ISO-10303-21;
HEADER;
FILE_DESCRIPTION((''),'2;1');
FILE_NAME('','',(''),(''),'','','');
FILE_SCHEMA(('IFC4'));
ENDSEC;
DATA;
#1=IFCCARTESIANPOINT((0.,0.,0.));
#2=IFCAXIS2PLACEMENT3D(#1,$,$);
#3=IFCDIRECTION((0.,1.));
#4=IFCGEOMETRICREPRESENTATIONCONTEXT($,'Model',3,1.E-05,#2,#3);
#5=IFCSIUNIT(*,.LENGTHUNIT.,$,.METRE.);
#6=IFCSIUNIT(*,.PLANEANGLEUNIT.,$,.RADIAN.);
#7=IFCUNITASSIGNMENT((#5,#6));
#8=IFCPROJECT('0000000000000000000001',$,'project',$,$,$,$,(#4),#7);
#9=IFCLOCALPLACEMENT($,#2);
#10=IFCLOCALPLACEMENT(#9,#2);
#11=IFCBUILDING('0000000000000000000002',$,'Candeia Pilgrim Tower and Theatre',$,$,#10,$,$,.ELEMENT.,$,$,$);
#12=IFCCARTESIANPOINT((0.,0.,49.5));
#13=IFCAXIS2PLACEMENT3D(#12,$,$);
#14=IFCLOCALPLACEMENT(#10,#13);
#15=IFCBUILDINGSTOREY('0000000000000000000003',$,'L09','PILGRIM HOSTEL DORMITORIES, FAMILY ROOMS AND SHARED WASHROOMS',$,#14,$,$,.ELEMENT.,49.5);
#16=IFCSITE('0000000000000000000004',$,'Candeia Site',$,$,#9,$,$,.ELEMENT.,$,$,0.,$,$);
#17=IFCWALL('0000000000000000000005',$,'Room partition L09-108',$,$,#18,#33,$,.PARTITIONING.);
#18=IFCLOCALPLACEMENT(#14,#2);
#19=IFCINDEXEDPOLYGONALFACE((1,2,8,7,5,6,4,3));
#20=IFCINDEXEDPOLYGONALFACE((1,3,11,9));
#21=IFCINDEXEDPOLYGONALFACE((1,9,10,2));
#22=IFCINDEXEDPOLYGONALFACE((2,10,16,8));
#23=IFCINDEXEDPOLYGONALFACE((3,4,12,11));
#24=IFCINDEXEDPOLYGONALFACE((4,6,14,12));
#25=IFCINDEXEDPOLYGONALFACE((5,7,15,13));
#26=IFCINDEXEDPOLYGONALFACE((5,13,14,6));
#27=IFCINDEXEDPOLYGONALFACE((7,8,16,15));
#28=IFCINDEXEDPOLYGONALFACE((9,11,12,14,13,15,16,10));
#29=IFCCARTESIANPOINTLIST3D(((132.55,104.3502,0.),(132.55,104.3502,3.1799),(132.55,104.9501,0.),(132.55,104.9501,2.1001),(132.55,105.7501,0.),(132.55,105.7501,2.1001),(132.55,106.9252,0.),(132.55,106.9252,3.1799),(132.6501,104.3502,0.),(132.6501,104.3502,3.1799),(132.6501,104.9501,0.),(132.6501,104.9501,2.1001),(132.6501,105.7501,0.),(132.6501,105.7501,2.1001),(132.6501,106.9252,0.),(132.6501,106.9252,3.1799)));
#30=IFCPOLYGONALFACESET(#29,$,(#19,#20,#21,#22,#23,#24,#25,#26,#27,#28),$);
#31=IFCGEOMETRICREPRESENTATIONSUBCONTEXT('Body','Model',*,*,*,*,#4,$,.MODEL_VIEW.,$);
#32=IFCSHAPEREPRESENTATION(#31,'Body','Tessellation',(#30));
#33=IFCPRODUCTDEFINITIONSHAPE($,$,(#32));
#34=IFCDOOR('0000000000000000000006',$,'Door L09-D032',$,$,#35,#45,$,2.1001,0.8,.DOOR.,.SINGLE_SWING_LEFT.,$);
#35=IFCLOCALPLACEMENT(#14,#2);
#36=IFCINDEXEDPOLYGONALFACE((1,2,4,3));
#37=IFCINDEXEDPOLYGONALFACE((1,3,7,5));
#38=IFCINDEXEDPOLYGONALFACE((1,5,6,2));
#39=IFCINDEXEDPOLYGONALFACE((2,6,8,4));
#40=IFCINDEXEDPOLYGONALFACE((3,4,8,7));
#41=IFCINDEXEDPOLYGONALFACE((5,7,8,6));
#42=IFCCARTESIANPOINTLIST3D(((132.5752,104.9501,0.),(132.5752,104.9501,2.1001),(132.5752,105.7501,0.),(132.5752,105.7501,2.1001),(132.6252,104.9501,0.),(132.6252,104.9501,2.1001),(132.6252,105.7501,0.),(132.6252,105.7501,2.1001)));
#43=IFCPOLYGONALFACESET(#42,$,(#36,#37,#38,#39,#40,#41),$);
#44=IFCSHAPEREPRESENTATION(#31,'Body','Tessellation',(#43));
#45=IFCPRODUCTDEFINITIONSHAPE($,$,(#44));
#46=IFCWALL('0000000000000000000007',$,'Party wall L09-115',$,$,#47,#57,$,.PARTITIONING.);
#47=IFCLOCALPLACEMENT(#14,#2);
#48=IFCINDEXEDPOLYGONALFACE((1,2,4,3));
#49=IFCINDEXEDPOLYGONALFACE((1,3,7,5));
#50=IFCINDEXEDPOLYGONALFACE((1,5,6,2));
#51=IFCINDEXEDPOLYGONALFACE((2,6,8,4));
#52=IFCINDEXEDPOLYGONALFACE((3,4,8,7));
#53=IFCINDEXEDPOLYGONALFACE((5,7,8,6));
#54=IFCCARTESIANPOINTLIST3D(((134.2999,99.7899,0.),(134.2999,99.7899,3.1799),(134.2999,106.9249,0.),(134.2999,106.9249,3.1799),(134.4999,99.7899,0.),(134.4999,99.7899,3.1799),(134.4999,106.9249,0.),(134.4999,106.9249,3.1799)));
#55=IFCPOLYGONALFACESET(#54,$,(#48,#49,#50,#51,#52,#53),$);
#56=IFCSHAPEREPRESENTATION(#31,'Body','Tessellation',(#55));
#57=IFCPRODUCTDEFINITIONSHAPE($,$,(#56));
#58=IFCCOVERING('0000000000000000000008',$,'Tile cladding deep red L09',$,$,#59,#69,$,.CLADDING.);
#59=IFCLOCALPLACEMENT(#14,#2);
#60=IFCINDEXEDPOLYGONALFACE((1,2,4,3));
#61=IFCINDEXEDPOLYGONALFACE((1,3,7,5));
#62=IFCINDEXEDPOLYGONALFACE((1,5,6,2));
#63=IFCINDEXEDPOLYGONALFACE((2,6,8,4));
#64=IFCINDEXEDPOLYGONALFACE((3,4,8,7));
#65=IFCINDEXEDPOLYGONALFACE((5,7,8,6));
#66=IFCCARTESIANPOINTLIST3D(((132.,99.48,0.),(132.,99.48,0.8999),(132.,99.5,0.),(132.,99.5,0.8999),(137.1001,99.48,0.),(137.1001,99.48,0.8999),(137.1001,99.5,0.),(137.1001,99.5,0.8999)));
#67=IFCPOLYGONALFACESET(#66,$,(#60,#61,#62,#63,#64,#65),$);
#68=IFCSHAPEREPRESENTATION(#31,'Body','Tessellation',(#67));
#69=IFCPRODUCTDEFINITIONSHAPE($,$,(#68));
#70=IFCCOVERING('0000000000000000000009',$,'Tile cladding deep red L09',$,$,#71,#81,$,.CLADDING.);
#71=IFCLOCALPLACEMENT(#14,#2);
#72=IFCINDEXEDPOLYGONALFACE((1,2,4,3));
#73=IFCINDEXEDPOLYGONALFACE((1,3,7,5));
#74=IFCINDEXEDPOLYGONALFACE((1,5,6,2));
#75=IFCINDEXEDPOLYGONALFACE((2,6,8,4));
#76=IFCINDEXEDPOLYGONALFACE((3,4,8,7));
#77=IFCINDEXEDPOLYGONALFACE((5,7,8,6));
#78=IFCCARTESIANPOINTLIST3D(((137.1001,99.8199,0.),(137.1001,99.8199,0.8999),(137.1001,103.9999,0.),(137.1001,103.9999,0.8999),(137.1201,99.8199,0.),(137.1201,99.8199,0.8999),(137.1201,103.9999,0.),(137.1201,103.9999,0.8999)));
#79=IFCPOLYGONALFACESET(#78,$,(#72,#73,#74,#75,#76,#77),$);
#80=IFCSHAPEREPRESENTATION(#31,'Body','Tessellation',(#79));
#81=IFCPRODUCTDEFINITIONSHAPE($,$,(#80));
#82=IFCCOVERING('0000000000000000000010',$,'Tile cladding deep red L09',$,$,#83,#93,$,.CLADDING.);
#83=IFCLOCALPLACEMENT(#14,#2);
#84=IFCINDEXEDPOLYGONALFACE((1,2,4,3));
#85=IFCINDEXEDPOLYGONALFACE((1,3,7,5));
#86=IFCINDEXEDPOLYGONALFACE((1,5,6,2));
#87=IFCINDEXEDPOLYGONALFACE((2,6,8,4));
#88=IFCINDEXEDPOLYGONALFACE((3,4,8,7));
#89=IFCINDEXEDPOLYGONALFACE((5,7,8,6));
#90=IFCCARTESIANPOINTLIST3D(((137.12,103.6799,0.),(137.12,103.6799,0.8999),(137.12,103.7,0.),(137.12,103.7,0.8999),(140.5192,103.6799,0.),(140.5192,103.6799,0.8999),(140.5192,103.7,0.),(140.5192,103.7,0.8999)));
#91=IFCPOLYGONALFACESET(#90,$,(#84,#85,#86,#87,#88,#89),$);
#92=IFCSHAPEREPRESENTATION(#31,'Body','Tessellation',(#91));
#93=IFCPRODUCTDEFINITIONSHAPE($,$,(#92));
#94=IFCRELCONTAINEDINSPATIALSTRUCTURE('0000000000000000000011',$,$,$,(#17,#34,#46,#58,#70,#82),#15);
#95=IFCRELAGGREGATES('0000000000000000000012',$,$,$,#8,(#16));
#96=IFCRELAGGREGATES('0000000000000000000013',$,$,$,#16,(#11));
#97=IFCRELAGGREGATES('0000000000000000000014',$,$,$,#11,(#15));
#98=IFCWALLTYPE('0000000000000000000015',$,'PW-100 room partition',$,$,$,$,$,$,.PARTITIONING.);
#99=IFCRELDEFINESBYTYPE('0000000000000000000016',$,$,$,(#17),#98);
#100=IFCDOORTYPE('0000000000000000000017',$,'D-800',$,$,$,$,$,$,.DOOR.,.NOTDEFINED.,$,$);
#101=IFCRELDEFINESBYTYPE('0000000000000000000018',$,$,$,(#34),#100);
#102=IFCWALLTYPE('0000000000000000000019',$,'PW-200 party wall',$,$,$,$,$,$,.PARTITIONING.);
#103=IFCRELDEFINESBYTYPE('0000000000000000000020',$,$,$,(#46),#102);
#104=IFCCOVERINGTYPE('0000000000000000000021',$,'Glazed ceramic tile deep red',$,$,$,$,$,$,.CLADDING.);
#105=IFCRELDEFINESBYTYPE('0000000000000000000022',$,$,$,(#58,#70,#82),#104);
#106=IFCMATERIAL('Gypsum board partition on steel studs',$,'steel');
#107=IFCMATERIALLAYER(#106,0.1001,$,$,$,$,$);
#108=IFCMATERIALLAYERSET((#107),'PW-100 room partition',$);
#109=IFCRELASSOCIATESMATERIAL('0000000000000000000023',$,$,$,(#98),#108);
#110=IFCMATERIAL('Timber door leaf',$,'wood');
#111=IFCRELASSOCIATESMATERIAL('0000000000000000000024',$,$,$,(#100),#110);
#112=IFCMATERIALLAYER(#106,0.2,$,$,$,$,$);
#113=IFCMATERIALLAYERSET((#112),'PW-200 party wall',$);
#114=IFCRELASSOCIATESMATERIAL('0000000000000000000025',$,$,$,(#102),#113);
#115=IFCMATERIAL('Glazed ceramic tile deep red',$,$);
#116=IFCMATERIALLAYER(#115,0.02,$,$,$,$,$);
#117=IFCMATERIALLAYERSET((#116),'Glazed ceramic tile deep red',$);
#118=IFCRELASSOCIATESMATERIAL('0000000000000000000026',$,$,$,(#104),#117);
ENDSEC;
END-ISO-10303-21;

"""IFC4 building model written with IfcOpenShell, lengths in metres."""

from ifc_helpers import new_model, si_unit, direction, frame, frame_2d, origin, origin_2d, place, context, subcontext, project, spatial, rectangle, extrude, material, layer, layer_set, type_object, element, fill, save


model = new_model("IFC4")

# Units and contexts
model_context = context("Model", 3, precision=1e-05, world=origin(), true_north=direction((0.0, 1.0)))
body_context = subcontext(model_context, "Body", "Model", "MODEL_VIEW")
ifc_project = project(units=[si_unit("LENGTHUNIT", "METRE"), si_unit("PLANEANGLEUNIT", "RADIAN")], contexts=[model_context])

# Site, building, storey
site_placement = place(None, origin())
site = spatial("IfcSite", under=ifc_project, at=site_placement, Name="Candeia Site", CompositionType="ELEMENT", RefElevation=0.0)
building_placement = place(site_placement, origin())
building = spatial("IfcBuilding", under=site, at=building_placement, Name="Candeia Pilgrim Tower and Theatre", CompositionType="ELEMENT")
storey_placement = place(building_placement, frame((0.0, 0.0, 49.5)))
storey = spatial("IfcBuildingStorey", under=building, at=storey_placement, Name="L09", Description="PILGRIM HOSTEL DORMITORIES, FAMILY ROOMS AND SHARED WASHROOMS", CompositionType="ELEMENT", Elevation=49.5)

# Shared definitions
ifc_material_1 = material(Name="Gypsum board partition on steel studs", Category="steel")
ifc_layer_1 = layer(ifc_material_1, 0.1001)
ifc_layer_set_1 = layer_set([ifc_layer_1], Name="PW-100 room partition")
wall_type_1 = type_object("IfcWallType", Name="PW-100 room partition", PredefinedType="PARTITIONING", material=ifc_layer_set_1)

# Wall, opening, door
wall_1_placement = place(storey_placement, frame((132.6001, 104.3501, 0.0), z_axis=(0.0, 0.0, 1.0), x_axis=(0.0, 1.0, 0.0)))
wall_1 = element("IfcWall", 1, at=wall_1_placement, inside=storey, type_object=wall_type_1, Name="Room partition L09-108", PredefinedType="PARTITIONING", context=body_context, shape_type="SweptSolid", body=[
    extrude(rectangle(XDim=2.575, YDim=0.1001, at=frame_2d((1.2876, 0.0))), origin(), (0.0, 0.0, 1.0), 3.1799),
])
opening_1_placement = place(wall_1_placement, frame((0.6001, 0.0, 0.0)))
opening_1 = element("IfcOpeningElement", 2, at=opening_1_placement, cuts=wall_1, PredefinedType="OPENING", context=body_context, shape_type="SweptSolid", body=[
    extrude(rectangle(XDim=0.8, YDim=2.1001, at=frame_2d((0.3999, 1.05))), frame((0.0, 0.0601, 0.0), z_axis=(0.0, -1.0, 0.0), x_axis=(1.0, 0.0, 0.0)), (0.0, 0.0, 1.0), 0.1201),
])
ifc_material_2 = material(Name="Timber door leaf", Category="wood")
door_type_1 = type_object("IfcDoorType", Name="D-800", OperationType="NOTDEFINED", PredefinedType="DOOR", material=ifc_material_2)
door_1_placement = place(opening_1_placement, origin())
door_1 = element("IfcDoor", 3, at=door_1_placement, inside=storey, type_object=door_type_1, Name="Door L09-D032", OperationType="SINGLE_SWING_LEFT", OverallHeight=2.1001, OverallWidth=0.8, PredefinedType="DOOR", context=body_context, shape_type="SweptSolid", body=[
    extrude(rectangle(XDim=0.8, YDim=2.1001, at=frame_2d((0.3999, 1.05))), frame((0.0, 0.0249, 0.0), z_axis=(0.0, -1.0, 0.0), x_axis=(1.0, 0.0, 0.0)), (0.0, 0.0, 1.0), 0.05),
])
fill(opening_1, door_1)

# Wall
ifc_layer_2 = layer(ifc_material_1, 0.2)
ifc_layer_set_2 = layer_set([ifc_layer_2], Name="PW-200 party wall")
wall_type_2 = type_object("IfcWallType", Name="PW-200 party wall", PredefinedType="PARTITIONING", material=ifc_layer_set_2)
wall_2_placement = place(storey_placement, frame((134.3999, 99.79, 0.0), z_axis=(0.0, 0.0, 1.0), x_axis=(0.0, 1.0, 0.0)))
element("IfcWall", 4, at=wall_2_placement, inside=storey, type_object=wall_type_2, Name="Party wall L09-115", PredefinedType="PARTITIONING", context=body_context, shape_type="SweptSolid", body=[
    extrude(rectangle(XDim=7.135, YDim=0.2, at=frame_2d((3.5674, 0.0))), origin(), (0.0, 0.0, 1.0), 3.1799),
])

# Coverings
ifc_material_3 = material(Name="Glazed ceramic tile deep red")
ifc_layer_3 = layer(ifc_material_3, 0.02)
ifc_layer_set_3 = layer_set([ifc_layer_3], Name="Glazed ceramic tile deep red")
covering_type = type_object("IfcCoveringType", Name="Glazed ceramic tile deep red", PredefinedType="CLADDING", material=ifc_layer_set_3)
covering_1_placement = place(storey_placement, frame((134.55, 99.49, 0.0), z_axis=(0.0, 0.0, 1.0), x_axis=(1.0, 0.0, 0.0)))
element("IfcCovering", 5, at=covering_1_placement, inside=storey, type_object=covering_type, Name="Tile cladding deep red L09", PredefinedType="CLADDING", context=body_context, shape_type="SweptSolid", body=[
    extrude(rectangle(XDim=5.1001, YDim=0.02, at=origin_2d()), origin(), (0.0, 0.0, 1.0), 0.8999),
])
covering_2_placement = place(storey_placement, frame((137.1101, 101.9099, 0.0), z_axis=(0.0, 0.0, 1.0), x_axis=(0.0, 1.0, 0.0)))
element("IfcCovering", 6, at=covering_2_placement, inside=storey, type_object=covering_type, Name="Tile cladding deep red L09", PredefinedType="CLADDING", context=body_context, shape_type="SweptSolid", body=[
    extrude(rectangle(XDim=4.1799, YDim=0.02, at=origin_2d()), origin(), (0.0, 0.0, 1.0), 0.8999),
])
covering_3_placement = place(storey_placement, frame((138.8196, 103.6899, 0.0), z_axis=(0.0, 0.0, 1.0), x_axis=(1.0, 0.0, 0.0)))
element("IfcCovering", 7, at=covering_3_placement, inside=storey, type_object=covering_type, Name="Tile cladding deep red L09", PredefinedType="CLADDING", context=body_context, shape_type="SweptSolid", body=[
    extrude(rectangle(XDim=3.3992, YDim=0.02, at=origin_2d()), origin(), (0.0, 0.0, 1.0), 0.8999),
])

save(model, "model.ifc")
